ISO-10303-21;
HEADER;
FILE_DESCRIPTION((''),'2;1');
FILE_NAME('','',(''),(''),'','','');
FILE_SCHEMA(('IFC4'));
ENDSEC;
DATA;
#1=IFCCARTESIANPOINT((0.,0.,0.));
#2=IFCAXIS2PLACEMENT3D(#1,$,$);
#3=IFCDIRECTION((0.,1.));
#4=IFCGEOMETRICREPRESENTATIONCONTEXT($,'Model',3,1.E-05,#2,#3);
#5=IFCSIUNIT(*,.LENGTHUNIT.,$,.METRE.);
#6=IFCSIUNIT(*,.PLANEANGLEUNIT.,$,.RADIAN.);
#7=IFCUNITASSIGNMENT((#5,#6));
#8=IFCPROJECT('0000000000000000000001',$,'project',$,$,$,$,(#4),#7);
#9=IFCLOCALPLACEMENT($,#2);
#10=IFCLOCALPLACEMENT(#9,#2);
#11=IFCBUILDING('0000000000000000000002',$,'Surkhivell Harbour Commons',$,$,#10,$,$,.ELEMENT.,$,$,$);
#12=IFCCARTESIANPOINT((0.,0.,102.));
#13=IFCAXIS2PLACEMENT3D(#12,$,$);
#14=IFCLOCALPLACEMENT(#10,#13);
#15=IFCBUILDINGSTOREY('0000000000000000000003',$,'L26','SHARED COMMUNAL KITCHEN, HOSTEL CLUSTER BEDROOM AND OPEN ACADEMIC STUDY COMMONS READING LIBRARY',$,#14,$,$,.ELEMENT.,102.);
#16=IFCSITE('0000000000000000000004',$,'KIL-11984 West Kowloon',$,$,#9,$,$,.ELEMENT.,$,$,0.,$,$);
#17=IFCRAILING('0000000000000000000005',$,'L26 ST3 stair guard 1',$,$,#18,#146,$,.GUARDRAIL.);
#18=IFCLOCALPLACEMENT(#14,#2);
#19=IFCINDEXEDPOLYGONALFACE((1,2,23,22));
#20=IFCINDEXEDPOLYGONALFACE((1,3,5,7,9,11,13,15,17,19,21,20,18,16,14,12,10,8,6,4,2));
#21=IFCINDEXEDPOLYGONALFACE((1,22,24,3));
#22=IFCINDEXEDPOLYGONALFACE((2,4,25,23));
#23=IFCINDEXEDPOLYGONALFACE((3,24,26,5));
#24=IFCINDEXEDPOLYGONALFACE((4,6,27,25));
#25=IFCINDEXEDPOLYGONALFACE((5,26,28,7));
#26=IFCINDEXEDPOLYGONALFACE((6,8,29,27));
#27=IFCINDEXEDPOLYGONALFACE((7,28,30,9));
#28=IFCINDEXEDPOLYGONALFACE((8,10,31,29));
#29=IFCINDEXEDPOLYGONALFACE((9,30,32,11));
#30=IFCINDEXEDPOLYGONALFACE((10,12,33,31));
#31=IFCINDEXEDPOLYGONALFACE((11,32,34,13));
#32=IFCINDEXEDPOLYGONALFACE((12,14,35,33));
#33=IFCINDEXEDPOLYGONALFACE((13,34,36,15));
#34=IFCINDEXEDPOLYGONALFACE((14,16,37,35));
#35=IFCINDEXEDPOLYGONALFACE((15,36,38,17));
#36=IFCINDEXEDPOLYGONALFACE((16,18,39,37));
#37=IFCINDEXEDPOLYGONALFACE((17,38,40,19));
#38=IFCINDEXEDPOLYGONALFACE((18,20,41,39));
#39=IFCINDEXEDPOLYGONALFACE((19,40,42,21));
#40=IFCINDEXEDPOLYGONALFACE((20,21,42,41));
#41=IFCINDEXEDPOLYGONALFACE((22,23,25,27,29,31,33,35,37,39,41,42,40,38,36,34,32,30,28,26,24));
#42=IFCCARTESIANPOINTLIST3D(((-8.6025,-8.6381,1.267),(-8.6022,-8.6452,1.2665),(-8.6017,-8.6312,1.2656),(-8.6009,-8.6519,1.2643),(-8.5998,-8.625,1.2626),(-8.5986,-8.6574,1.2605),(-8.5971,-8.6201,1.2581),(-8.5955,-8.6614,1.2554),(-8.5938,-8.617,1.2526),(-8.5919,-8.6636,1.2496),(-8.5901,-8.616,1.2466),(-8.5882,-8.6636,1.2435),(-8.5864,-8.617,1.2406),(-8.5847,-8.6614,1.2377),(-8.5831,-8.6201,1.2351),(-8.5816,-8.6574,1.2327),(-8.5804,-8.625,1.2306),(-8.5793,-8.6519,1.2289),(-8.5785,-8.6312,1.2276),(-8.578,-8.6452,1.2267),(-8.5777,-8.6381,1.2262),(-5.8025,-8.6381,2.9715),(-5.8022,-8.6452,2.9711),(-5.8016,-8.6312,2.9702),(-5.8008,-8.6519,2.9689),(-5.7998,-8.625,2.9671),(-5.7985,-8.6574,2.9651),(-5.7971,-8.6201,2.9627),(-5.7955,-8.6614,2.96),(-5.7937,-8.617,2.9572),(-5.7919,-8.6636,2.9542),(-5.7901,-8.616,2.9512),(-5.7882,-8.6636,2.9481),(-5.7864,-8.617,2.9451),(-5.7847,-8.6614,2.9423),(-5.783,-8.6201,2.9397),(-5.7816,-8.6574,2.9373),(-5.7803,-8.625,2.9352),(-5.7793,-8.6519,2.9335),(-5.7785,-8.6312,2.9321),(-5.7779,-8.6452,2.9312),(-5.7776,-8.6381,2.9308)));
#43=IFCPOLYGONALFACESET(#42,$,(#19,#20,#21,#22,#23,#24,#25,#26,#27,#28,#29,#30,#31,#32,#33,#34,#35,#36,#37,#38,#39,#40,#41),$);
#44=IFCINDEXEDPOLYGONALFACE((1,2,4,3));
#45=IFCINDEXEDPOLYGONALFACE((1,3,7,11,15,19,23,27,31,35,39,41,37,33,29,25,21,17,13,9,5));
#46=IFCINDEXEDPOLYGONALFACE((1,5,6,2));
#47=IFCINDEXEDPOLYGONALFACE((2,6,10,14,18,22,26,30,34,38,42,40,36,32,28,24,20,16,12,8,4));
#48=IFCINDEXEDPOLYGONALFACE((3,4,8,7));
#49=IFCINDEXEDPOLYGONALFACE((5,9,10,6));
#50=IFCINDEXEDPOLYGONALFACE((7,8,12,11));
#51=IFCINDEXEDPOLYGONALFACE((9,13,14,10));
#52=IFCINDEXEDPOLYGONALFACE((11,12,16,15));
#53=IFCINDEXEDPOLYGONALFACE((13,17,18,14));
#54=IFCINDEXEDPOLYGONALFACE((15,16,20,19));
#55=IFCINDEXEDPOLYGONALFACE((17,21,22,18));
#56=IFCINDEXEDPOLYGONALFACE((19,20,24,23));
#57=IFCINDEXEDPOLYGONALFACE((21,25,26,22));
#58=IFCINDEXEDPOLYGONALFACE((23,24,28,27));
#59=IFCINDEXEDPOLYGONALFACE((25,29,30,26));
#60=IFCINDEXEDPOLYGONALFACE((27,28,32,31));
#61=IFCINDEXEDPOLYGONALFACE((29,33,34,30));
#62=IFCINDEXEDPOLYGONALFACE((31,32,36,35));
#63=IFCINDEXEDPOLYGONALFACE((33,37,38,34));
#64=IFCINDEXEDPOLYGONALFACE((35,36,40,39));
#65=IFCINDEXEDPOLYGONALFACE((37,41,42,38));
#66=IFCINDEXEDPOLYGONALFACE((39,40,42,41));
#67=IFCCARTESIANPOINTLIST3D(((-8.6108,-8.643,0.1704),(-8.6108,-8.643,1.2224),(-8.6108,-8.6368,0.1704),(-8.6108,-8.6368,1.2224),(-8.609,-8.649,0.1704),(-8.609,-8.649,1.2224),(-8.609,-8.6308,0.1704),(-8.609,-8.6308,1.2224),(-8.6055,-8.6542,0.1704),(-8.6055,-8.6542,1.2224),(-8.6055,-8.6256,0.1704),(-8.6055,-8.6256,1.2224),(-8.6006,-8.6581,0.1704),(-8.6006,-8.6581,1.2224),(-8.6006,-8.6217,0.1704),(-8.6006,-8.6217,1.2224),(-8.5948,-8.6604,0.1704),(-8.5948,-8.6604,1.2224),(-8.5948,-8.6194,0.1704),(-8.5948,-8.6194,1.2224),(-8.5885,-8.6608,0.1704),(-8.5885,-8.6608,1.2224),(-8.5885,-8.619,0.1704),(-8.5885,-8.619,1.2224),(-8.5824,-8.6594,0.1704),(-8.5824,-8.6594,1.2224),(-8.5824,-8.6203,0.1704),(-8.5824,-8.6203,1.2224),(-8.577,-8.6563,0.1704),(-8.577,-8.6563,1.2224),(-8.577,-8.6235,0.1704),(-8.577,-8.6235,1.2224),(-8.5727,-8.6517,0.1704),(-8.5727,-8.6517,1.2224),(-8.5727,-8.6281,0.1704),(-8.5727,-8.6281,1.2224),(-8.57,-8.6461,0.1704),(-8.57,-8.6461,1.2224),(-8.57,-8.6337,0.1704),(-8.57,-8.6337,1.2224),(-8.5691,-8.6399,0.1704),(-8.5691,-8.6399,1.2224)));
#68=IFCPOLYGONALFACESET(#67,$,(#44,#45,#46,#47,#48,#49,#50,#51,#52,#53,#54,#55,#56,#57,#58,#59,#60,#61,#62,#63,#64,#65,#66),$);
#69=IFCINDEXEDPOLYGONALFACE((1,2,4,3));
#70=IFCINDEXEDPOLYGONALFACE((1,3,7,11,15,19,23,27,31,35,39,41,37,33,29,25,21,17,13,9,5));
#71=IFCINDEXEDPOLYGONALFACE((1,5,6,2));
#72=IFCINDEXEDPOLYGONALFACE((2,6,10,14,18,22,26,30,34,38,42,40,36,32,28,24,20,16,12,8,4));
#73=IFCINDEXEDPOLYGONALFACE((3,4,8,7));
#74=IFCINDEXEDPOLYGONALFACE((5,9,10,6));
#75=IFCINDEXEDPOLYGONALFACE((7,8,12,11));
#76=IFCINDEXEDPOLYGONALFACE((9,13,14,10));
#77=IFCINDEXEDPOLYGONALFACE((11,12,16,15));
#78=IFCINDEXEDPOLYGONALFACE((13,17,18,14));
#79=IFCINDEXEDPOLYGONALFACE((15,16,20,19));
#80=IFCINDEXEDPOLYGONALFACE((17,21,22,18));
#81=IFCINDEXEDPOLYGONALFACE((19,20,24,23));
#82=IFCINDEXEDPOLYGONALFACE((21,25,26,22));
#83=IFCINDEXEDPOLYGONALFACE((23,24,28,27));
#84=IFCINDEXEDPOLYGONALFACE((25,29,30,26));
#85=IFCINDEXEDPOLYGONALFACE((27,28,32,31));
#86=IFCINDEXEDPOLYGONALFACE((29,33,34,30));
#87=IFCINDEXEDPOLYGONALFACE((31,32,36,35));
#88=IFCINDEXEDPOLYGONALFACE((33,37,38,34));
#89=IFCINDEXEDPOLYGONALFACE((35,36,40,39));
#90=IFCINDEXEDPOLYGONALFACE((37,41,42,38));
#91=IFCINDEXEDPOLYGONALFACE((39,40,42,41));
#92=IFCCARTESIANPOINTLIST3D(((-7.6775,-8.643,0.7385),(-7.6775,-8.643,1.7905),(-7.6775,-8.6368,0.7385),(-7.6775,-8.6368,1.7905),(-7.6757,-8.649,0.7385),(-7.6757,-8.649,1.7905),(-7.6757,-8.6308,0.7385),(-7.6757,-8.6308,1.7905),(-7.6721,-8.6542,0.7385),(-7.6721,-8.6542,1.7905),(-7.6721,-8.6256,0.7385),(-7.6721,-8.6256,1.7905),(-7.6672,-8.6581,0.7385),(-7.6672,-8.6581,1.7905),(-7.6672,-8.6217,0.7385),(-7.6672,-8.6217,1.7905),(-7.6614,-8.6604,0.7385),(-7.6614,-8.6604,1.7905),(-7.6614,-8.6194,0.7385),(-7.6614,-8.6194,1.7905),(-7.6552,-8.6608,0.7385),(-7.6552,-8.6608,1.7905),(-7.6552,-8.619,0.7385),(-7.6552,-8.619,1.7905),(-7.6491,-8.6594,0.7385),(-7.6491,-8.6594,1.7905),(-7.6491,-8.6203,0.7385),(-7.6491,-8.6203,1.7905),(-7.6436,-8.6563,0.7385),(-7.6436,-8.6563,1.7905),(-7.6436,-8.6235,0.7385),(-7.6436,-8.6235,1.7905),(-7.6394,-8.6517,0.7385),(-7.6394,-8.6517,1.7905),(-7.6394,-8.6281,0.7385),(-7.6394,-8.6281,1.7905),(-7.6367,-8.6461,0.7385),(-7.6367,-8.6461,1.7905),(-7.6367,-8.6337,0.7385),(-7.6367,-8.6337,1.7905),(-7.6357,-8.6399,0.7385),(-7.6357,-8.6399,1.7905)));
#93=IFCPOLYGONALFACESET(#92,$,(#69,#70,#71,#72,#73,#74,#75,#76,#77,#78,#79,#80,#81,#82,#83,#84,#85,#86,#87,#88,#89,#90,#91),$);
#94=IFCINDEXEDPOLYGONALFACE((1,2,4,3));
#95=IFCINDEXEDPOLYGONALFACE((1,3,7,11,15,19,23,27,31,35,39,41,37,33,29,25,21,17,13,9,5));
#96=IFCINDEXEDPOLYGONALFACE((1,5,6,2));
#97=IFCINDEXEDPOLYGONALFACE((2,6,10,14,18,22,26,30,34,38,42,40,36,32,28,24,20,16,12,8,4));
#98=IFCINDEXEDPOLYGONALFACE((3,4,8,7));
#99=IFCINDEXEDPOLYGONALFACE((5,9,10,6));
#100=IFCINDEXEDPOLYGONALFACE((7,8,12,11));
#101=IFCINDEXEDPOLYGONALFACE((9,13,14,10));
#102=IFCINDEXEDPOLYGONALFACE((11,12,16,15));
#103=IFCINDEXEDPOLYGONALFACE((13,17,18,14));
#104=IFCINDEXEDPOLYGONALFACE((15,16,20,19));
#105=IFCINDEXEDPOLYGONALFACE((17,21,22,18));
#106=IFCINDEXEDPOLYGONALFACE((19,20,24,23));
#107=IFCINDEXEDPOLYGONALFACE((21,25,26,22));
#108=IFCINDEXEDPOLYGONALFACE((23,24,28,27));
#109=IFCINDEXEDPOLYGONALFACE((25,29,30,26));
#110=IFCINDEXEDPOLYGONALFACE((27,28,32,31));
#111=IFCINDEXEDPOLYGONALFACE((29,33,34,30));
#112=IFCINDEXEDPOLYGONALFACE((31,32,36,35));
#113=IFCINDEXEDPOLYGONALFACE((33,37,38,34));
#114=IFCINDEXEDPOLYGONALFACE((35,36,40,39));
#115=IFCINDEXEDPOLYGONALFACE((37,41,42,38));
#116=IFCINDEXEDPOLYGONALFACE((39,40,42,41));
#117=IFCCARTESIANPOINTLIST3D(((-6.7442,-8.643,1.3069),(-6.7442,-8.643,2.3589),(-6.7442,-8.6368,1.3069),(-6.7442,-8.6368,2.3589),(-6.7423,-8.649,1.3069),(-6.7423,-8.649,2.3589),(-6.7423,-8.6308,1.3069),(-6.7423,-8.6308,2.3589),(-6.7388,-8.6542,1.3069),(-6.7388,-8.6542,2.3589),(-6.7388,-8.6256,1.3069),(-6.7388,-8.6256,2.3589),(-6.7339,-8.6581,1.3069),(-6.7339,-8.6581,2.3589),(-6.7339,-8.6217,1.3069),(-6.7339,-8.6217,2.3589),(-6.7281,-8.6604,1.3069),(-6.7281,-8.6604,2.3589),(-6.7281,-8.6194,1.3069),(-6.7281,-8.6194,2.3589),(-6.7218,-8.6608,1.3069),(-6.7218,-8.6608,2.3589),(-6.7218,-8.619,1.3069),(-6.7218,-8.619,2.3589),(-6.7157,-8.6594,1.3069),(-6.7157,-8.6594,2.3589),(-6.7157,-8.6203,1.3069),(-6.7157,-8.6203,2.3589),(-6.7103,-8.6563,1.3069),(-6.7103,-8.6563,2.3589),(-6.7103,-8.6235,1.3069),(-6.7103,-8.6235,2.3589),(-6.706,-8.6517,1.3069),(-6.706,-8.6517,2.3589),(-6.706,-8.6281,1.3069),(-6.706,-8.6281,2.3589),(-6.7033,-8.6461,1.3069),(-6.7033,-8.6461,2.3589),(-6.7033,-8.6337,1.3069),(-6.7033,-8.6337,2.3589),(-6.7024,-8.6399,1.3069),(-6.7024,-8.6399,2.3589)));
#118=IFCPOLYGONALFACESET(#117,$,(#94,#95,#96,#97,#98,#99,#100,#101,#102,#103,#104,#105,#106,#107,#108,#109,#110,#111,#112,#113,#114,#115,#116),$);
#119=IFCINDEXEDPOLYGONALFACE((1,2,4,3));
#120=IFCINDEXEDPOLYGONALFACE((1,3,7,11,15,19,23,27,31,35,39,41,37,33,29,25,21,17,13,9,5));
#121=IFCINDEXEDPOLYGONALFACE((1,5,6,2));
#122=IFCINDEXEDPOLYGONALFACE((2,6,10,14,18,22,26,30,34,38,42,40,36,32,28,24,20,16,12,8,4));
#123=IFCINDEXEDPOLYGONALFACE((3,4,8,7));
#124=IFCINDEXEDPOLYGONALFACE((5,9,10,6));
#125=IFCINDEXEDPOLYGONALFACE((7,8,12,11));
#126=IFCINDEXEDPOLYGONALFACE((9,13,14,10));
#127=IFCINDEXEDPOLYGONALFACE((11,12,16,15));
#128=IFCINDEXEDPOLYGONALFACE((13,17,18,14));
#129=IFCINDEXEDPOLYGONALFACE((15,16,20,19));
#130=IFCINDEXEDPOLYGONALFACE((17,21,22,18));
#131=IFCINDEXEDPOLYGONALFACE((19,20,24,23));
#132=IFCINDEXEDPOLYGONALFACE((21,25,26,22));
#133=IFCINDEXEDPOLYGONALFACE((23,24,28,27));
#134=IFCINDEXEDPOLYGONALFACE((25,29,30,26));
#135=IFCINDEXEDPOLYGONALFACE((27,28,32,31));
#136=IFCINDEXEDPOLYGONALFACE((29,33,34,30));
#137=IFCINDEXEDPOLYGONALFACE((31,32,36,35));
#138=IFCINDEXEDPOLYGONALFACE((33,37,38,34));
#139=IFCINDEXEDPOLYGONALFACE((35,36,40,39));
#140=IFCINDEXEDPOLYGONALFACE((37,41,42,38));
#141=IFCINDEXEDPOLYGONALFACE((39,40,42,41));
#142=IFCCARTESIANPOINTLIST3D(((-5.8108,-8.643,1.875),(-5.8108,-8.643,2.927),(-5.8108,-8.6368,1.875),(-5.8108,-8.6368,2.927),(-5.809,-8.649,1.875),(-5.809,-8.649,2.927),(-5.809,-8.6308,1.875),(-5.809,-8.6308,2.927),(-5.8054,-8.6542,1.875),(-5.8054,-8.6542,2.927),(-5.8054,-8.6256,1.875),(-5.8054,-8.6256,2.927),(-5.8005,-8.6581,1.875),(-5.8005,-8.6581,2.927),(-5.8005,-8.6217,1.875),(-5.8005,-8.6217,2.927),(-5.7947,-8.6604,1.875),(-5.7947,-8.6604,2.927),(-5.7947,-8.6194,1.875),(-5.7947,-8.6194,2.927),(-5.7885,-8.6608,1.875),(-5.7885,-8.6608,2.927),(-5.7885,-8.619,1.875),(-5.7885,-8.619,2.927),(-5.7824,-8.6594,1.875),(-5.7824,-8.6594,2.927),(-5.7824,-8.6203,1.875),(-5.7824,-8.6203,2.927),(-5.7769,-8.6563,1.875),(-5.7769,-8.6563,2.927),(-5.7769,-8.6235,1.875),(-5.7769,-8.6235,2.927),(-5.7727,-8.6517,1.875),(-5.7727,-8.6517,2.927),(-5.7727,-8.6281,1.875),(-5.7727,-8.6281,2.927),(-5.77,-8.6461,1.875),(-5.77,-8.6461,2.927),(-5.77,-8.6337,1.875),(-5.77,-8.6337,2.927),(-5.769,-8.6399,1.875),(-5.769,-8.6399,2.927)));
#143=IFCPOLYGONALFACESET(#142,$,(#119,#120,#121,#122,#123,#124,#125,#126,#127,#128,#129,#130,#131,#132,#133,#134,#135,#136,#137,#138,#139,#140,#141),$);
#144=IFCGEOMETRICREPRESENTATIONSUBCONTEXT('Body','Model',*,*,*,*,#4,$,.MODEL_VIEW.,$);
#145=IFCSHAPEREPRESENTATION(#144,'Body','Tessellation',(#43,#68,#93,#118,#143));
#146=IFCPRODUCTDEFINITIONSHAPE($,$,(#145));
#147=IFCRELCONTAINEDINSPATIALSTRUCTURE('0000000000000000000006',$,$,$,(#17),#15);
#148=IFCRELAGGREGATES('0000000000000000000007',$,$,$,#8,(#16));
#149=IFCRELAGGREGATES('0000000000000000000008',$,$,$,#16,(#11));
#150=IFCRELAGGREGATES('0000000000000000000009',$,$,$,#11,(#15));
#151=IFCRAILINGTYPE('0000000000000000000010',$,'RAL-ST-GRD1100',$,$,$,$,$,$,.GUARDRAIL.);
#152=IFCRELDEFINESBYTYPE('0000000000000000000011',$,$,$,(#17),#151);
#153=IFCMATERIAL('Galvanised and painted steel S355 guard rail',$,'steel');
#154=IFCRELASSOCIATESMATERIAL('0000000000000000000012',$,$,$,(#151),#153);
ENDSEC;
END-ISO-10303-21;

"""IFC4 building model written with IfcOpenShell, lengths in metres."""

from ifc_helpers import new_model, si_unit, direction, frame, origin, origin_2d, place, context, subcontext, project, spatial, circle, extrude, material, type_object, element, save


model = new_model("IFC4")

# Units and contexts
model_context = context("Model", 3, precision=1e-05, world=origin(), true_north=direction((0.0, 1.0)))
body_context = subcontext(model_context, "Body", "Model", "MODEL_VIEW")
ifc_project = project(units=[si_unit("LENGTHUNIT", "METRE"), si_unit("PLANEANGLEUNIT", "RADIAN")], contexts=[model_context])

# Site, building, storey
site_placement = place(None, origin())
site = spatial("IfcSite", under=ifc_project, at=site_placement, Name="KIL-11984 West Kowloon", CompositionType="ELEMENT", RefElevation=0.0)
building_placement = place(site_placement, origin())
building = spatial("IfcBuilding", under=site, at=building_placement, Name="Surkhivell Harbour Commons", CompositionType="ELEMENT")
storey_placement = place(building_placement, frame((0.0, 0.0, 102.0)))
storey = spatial("IfcBuildingStorey", under=building, at=storey_placement, Name="L26", Description="SHARED COMMUNAL KITCHEN, HOSTEL CLUSTER BEDROOM AND OPEN ACADEMIC STUDY COMMONS READING LIBRARY", CompositionType="ELEMENT", Elevation=102.0)

# Railing
ifc_material_1 = material(Name="Galvanised and painted steel S355 guard rail", Category="steel")
railing_type_1 = type_object("IfcRailingType", Name="RAL-ST-GRD1100", PredefinedType="GUARDRAIL", material=ifc_material_1)
railing_1_placement = place(storey_placement, frame((-8.5901, -8.6399, 0.1704)))
element("IfcRailing", 1, at=railing_1_placement, inside=storey, type_object=railing_type_1, Name="L26 ST3 stair guard 1", PredefinedType="GUARDRAIL", context=body_context, shape_type="SweptSolid", body=[
    extrude(circle(Radius=0.0239, at=origin_2d()), frame((0.0, 0.0, 1.0762), z_axis=(0.85417, 0.0, 0.519994), x_axis=(0.0, 1.0, 0.0)), (0.0, 0.0, 1.0), 3.2781),
    extrude(circle(Radius=0.021, at=origin_2d()), origin(), (0.0, 0.0, 1.0), 1.052),
    extrude(circle(Radius=0.021, at=origin_2d()), frame((0.9333, 0.0, 0.5681)), (0.0, 0.0, 1.0), 1.052),
    extrude(circle(Radius=0.021, at=origin_2d()), frame((1.8667, 0.0, 1.1365)), (0.0, 0.0, 1.0), 1.052),
    extrude(circle(Radius=0.021, at=origin_2d()), frame((2.8, 0.0, 1.7046)), (0.0, 0.0, 1.0), 1.052),
])

save(model, "model.ifc")
